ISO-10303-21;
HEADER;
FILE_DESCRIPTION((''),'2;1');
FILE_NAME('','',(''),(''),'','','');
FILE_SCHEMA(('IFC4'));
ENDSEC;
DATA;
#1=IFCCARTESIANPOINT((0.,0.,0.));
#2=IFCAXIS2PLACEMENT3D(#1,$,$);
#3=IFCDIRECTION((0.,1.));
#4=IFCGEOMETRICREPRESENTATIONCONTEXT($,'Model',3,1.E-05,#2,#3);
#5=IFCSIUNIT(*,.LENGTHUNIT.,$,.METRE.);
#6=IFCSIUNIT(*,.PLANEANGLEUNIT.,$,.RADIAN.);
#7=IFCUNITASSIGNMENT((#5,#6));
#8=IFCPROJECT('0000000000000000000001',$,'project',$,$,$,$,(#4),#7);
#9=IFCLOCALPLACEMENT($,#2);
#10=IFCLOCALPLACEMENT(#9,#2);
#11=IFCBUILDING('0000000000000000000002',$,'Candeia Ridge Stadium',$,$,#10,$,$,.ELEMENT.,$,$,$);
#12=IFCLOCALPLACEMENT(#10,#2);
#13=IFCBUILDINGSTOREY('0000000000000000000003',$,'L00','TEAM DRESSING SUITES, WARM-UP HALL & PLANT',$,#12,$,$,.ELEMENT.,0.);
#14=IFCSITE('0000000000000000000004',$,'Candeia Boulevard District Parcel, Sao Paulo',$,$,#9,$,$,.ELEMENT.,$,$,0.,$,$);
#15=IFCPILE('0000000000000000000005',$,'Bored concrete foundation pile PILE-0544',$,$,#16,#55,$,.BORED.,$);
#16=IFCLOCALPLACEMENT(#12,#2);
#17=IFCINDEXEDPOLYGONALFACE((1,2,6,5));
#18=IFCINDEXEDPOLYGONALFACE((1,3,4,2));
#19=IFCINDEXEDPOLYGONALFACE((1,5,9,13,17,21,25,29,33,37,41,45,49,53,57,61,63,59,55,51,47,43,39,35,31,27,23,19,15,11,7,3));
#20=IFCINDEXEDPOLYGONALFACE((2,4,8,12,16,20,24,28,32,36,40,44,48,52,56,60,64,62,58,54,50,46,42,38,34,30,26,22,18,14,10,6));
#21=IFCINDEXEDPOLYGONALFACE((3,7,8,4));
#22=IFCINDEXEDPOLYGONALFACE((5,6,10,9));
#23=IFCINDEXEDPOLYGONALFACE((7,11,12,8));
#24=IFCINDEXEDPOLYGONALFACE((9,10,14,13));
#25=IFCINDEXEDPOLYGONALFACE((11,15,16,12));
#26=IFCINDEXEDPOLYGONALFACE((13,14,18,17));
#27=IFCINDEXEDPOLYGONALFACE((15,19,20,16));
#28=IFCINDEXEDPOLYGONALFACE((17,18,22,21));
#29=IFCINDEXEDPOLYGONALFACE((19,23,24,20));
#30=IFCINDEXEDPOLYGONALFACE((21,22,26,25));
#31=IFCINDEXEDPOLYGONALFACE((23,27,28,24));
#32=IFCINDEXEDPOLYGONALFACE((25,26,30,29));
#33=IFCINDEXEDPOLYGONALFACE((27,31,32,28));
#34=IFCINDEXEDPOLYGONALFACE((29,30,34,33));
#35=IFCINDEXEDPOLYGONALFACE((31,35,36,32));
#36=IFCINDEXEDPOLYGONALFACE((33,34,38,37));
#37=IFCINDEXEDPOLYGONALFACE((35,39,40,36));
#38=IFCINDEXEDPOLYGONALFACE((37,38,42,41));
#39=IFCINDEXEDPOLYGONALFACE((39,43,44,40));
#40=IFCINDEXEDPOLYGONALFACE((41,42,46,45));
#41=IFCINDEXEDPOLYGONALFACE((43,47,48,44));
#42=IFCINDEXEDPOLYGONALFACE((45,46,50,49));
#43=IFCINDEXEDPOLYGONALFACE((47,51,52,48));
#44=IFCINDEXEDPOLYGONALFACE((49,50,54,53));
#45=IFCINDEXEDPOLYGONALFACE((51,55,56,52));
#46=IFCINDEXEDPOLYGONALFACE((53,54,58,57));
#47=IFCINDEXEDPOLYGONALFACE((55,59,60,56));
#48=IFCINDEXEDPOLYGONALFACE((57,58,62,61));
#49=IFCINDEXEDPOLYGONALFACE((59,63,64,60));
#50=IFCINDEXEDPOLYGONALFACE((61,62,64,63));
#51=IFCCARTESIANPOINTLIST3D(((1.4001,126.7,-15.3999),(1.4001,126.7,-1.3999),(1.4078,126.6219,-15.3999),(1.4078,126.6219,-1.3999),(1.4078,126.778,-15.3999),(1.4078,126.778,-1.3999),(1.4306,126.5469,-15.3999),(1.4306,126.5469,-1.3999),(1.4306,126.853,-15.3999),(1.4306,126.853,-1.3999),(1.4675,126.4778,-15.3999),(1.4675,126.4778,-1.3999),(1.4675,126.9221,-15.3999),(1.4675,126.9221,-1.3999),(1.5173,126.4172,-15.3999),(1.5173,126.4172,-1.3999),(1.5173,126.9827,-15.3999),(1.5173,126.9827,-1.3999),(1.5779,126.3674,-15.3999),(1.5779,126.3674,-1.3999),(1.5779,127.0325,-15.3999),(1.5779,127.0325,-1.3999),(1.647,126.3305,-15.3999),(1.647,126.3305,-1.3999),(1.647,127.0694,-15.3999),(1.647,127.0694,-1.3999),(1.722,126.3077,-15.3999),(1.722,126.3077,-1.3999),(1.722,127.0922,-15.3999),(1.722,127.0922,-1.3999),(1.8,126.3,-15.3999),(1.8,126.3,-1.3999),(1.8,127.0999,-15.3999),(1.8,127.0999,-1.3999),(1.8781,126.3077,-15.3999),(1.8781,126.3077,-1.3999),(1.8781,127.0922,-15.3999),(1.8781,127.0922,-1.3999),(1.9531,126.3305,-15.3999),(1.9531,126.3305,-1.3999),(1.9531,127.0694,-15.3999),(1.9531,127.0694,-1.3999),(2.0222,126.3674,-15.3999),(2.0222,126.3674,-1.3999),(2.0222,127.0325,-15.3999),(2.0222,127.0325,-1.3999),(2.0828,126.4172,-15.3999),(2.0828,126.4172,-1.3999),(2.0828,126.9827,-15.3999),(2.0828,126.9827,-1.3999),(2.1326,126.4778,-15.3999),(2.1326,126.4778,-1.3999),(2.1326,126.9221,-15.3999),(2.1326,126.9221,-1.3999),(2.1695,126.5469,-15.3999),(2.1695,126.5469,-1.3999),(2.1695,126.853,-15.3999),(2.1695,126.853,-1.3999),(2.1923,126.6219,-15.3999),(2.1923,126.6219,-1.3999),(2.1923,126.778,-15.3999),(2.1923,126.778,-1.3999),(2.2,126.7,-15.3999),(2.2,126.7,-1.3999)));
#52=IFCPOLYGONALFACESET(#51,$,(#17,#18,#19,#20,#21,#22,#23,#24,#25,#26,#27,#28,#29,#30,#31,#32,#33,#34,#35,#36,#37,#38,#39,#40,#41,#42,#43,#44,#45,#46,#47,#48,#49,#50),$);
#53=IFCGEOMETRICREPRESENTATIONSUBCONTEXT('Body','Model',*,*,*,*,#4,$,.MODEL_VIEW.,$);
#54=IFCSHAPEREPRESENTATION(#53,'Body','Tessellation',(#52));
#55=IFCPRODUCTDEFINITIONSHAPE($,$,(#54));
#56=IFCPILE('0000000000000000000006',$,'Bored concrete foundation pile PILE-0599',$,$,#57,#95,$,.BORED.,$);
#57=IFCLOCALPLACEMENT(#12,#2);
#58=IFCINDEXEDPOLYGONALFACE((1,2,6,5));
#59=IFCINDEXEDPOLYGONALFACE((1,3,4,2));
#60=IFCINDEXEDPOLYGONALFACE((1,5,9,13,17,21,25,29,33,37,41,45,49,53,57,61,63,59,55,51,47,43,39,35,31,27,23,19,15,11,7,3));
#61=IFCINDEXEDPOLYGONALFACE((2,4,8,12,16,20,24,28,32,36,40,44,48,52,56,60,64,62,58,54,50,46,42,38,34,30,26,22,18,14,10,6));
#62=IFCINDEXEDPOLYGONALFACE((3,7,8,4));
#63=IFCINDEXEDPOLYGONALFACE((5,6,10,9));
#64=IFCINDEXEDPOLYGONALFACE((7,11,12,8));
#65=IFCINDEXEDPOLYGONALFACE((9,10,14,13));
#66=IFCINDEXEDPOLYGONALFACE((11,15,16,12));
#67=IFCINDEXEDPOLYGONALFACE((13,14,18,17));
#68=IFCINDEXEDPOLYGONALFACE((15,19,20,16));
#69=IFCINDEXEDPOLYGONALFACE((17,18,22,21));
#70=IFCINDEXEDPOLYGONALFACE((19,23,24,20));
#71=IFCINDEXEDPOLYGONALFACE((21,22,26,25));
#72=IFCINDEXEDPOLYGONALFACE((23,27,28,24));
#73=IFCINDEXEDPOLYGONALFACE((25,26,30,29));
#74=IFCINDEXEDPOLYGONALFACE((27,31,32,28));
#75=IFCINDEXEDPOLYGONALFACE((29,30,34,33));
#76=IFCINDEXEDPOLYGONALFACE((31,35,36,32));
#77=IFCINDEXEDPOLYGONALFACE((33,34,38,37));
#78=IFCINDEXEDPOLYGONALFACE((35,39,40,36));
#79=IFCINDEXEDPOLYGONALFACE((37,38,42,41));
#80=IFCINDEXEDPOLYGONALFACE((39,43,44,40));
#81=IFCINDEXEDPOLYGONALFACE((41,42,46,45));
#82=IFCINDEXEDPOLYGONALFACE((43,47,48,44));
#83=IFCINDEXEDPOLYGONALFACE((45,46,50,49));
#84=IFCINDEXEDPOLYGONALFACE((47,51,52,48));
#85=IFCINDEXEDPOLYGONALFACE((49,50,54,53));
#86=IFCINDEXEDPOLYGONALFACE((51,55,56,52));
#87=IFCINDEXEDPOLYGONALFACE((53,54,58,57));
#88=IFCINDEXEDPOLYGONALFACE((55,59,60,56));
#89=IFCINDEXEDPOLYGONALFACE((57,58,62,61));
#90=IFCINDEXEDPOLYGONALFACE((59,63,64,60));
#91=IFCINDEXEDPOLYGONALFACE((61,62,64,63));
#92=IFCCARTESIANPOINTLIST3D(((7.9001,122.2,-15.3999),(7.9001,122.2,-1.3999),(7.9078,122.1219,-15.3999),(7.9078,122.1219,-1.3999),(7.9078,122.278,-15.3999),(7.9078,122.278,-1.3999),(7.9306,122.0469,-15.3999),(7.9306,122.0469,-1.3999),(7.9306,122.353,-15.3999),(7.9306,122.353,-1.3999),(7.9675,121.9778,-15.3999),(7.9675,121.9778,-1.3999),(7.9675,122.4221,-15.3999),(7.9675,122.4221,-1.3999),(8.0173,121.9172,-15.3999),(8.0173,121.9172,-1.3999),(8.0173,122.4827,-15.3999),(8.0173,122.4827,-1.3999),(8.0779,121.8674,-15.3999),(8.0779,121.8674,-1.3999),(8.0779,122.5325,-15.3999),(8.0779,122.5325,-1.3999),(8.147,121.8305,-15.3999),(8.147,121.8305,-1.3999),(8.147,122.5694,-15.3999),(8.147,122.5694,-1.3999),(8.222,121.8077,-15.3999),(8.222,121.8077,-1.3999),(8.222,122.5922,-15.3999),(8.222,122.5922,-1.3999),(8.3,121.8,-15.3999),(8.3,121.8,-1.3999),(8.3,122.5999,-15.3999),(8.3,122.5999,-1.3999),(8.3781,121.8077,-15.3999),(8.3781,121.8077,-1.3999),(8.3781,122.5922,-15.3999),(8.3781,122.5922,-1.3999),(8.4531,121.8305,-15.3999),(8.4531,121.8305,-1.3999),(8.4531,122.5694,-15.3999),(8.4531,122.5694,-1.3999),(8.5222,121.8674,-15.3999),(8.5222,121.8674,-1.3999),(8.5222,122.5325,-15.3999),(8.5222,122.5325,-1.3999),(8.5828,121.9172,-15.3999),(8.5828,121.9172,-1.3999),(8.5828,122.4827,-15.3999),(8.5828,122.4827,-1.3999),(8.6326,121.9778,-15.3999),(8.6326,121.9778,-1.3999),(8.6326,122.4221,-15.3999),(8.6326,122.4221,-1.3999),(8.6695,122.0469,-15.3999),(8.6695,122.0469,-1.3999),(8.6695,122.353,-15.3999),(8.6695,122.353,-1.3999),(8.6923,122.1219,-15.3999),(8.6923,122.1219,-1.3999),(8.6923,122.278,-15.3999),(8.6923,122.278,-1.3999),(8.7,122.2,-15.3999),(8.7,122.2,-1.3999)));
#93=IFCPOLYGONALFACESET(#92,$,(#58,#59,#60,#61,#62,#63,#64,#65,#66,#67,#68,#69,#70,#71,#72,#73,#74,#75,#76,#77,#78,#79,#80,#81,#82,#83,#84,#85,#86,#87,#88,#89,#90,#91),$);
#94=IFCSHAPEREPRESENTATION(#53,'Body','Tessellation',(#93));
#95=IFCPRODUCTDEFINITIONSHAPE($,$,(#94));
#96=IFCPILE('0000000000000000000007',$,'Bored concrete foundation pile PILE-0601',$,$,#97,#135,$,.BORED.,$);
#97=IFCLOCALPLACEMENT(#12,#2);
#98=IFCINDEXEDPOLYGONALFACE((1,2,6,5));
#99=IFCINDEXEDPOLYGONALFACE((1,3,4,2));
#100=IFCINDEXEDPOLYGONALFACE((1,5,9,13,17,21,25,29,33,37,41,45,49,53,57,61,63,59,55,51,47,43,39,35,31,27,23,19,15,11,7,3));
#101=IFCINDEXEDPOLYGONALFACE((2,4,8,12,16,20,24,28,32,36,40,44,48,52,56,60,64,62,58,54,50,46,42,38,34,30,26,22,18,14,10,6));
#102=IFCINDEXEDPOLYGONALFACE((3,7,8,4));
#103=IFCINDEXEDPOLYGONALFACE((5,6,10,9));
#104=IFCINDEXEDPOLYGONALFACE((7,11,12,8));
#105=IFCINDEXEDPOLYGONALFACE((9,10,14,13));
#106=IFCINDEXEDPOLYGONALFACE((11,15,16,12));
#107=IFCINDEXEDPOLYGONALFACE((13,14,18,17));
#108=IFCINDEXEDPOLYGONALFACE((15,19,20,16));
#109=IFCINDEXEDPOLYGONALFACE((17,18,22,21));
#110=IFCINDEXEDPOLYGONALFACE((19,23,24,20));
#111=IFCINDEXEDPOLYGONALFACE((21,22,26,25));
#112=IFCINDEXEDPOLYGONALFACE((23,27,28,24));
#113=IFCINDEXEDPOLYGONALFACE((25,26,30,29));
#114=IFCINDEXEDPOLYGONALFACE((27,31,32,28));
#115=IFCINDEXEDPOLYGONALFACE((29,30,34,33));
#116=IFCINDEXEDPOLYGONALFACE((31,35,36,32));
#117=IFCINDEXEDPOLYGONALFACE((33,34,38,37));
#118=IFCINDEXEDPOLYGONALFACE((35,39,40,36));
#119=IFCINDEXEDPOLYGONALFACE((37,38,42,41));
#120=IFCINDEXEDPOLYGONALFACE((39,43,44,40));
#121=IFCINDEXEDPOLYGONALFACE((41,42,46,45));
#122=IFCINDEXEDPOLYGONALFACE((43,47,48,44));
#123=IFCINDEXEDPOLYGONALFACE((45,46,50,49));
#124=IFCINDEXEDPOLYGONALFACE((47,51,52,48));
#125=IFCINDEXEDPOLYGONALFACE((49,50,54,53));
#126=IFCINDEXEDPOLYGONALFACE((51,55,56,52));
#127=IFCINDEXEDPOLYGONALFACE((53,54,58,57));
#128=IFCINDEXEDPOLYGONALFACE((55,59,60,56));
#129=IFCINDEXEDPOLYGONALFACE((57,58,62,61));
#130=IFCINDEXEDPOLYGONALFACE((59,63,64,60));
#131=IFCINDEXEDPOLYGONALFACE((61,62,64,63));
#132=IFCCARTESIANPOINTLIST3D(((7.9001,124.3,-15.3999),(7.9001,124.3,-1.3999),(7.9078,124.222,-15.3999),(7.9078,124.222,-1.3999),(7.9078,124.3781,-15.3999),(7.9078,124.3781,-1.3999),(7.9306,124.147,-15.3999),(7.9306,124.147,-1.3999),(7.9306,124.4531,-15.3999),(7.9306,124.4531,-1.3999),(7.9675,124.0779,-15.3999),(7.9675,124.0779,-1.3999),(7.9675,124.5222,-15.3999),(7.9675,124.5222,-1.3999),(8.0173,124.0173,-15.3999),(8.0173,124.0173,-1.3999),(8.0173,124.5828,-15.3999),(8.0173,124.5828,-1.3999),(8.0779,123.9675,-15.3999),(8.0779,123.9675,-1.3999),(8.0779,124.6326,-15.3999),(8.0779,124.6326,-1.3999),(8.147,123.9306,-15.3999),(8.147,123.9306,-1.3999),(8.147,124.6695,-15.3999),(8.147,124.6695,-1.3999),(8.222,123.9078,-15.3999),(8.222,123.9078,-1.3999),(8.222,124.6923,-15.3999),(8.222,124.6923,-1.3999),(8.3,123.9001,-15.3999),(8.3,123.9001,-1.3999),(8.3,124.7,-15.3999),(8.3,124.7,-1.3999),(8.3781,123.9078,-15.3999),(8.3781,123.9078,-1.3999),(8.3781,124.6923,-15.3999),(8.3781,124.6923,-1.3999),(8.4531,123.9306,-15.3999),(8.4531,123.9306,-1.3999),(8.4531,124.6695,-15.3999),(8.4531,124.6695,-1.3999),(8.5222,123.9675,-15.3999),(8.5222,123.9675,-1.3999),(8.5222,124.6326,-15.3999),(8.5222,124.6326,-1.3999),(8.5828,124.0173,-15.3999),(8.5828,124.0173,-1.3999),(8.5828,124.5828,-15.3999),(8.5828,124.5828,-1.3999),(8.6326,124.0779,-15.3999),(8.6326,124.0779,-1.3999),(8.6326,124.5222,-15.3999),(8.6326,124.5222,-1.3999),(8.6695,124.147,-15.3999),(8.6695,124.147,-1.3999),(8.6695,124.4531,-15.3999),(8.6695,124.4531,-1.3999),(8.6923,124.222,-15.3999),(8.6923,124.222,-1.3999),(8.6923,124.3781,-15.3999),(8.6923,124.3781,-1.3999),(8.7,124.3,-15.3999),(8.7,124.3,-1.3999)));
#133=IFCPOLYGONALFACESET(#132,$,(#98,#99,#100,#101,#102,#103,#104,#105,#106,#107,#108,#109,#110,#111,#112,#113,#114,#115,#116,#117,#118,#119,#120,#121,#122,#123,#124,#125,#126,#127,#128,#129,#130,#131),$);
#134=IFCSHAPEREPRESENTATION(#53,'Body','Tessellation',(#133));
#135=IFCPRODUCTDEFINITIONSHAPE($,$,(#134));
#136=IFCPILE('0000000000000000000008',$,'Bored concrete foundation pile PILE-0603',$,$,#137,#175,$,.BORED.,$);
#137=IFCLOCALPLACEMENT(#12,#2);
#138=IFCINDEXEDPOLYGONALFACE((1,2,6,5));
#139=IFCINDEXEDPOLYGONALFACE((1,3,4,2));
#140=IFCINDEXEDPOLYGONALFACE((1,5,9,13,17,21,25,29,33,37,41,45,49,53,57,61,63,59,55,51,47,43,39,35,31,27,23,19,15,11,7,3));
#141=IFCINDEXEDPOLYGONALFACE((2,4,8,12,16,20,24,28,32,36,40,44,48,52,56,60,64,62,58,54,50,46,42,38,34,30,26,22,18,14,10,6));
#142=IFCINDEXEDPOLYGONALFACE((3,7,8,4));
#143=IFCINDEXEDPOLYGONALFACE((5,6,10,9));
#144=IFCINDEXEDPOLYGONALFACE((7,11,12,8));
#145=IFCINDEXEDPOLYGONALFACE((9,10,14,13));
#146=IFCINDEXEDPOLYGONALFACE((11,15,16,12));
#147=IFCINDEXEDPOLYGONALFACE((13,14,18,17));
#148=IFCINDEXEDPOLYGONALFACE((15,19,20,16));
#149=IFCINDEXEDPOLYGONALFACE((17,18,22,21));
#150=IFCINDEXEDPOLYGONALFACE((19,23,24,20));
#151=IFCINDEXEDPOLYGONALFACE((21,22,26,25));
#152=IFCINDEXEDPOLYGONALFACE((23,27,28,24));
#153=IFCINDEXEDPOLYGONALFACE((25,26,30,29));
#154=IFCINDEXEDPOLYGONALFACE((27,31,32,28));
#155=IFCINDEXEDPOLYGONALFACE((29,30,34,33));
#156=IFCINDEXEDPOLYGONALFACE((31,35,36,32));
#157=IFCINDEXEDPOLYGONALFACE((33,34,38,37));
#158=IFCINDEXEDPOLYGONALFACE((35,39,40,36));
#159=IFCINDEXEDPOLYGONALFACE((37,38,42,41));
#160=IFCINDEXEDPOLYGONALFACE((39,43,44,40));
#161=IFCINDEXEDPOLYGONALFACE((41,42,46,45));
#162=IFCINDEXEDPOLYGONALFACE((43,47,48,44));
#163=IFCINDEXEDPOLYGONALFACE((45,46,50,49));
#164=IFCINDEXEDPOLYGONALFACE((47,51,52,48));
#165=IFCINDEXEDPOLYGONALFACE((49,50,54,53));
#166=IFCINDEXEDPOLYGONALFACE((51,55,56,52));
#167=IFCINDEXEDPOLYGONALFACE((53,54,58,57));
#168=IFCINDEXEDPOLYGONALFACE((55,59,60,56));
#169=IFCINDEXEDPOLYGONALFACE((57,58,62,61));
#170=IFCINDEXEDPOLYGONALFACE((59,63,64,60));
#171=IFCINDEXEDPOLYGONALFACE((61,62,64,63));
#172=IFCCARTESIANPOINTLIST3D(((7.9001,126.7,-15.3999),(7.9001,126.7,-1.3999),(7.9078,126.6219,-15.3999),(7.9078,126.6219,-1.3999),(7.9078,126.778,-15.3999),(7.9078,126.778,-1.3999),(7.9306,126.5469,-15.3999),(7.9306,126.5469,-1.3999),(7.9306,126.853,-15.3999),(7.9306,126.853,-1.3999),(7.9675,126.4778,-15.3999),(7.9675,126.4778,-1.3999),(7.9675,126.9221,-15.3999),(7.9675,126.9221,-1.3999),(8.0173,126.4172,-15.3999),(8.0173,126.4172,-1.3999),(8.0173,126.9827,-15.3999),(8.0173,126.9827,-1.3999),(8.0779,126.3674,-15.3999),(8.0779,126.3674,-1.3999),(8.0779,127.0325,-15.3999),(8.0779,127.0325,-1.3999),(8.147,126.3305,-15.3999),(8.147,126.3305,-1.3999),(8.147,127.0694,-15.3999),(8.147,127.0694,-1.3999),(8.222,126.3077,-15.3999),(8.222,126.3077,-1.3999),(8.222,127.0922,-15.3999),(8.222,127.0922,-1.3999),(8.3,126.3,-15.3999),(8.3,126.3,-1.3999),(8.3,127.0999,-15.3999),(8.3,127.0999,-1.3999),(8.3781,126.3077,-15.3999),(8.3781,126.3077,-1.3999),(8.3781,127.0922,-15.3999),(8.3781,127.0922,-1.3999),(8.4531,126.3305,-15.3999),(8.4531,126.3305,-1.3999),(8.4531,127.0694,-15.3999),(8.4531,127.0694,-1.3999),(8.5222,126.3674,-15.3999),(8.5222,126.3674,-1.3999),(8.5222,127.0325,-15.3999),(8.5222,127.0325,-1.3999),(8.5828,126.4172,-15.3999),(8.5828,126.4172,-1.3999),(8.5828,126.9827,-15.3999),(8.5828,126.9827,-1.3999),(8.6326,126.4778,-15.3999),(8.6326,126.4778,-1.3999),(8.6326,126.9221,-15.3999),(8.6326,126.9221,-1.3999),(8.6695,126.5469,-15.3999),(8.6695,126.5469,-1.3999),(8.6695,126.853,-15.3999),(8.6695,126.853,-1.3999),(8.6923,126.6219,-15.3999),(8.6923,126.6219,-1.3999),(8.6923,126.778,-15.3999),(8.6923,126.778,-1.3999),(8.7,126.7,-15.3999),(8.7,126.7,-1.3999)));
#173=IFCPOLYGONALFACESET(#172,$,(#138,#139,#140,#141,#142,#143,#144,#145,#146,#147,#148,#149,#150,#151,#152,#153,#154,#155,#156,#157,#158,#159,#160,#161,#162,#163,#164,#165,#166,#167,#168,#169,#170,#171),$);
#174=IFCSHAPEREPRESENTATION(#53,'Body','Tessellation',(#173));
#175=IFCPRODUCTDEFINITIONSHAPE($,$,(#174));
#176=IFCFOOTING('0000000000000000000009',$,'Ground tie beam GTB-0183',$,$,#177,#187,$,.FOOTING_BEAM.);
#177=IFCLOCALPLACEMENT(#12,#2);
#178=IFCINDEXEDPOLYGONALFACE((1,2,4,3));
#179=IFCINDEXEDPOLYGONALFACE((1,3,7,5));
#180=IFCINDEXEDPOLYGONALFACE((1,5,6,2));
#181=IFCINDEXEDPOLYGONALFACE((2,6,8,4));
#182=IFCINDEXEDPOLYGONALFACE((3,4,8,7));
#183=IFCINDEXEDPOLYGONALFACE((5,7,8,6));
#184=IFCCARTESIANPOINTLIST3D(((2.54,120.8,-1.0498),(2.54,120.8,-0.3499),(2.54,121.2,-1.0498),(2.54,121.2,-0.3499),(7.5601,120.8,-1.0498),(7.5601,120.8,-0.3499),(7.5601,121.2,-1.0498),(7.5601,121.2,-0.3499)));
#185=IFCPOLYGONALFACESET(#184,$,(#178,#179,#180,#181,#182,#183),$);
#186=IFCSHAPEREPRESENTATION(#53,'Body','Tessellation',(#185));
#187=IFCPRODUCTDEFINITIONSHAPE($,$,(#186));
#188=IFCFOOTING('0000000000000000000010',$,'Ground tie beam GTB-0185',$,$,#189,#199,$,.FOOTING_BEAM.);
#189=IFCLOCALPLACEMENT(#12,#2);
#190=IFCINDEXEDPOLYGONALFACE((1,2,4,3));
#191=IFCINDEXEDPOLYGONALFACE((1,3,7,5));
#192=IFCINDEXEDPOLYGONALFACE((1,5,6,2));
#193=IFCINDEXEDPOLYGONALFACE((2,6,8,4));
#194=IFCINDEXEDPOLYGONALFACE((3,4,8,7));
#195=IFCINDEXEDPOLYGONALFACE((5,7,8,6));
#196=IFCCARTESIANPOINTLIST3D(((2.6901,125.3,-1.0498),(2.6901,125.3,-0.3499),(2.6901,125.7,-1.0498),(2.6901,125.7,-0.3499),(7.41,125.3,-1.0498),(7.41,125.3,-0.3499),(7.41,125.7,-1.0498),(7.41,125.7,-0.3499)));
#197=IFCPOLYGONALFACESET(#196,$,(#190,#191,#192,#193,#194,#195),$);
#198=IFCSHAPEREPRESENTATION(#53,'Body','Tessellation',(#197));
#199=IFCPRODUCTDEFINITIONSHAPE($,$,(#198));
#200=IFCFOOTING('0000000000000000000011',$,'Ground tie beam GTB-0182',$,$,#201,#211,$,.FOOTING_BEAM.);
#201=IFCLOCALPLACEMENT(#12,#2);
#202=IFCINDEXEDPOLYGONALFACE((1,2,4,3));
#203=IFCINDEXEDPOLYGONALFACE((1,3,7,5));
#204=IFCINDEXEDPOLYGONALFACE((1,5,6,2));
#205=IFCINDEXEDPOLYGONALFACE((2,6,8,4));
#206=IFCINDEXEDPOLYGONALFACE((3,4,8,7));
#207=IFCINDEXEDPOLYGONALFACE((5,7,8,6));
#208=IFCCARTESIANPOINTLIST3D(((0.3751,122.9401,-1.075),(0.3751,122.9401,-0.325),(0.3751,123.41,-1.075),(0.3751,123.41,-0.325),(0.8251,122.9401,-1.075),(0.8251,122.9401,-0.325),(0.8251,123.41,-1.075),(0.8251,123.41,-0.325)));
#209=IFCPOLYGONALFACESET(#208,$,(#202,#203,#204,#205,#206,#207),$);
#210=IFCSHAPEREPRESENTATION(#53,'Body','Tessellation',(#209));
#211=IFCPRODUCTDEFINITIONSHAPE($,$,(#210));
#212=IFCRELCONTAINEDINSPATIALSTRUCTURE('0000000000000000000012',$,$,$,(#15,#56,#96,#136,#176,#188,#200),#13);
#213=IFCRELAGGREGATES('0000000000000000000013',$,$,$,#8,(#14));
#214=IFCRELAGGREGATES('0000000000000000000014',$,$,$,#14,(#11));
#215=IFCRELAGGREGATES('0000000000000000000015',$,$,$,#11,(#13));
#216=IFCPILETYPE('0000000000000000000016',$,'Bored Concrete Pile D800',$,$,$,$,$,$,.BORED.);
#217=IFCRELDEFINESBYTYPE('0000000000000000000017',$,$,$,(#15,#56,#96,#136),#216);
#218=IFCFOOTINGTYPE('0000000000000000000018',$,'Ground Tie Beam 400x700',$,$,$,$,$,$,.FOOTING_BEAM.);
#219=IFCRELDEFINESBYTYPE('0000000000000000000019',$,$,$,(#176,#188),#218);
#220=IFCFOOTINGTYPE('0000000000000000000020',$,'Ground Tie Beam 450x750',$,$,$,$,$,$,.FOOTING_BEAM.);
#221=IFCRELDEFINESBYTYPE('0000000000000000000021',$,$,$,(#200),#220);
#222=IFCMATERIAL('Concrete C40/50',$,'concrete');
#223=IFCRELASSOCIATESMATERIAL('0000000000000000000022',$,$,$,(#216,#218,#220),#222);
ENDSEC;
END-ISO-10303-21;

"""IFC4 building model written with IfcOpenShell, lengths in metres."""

from ifc_helpers import new_model, si_unit, direction, frame, origin, origin_2d, place, context, subcontext, project, spatial, rectangle, circle, extrude, material, material_profile, profile_set, type_object, element, save


model = new_model("IFC4")

# Units and contexts
model_context = context("Model", 3, precision=1e-05, world=origin(), true_north=direction((0.0, 1.0)))
body_context = subcontext(model_context, "Body", "Model", "MODEL_VIEW")
ifc_project = project(units=[si_unit("LENGTHUNIT", "METRE"), si_unit("PLANEANGLEUNIT", "RADIAN")], contexts=[model_context])

# Site, building, storey
site_placement = place(None, origin())
site = spatial("IfcSite", under=ifc_project, at=site_placement, Name="Candeia Boulevard District Parcel, Sao Paulo", CompositionType="ELEMENT", RefElevation=0.0)
building_placement = place(site_placement, origin())
building = spatial("IfcBuilding", under=site, at=building_placement, Name="Candeia Ridge Stadium", CompositionType="ELEMENT")
storey_placement = place(building_placement, origin())
storey = spatial("IfcBuildingStorey", under=building, at=storey_placement, Name="L00", Description="TEAM DRESSING SUITES, WARM-UP HALL & PLANT", CompositionType="ELEMENT", Elevation=0.0)

# Piles
ifc_material_1 = material(Name="Concrete C40/50", Category="concrete")
ifc_material_profile_1 = material_profile(ifc_material_1, circle(Radius=0.3999, at=origin_2d()), Name="PILE-D800", Category="concrete")
ifc_profile_set_1 = profile_set([ifc_material_profile_1], Name="Concrete C40/50")
pile_type = type_object("IfcPileType", Name="Bored Concrete Pile D800", PredefinedType="BORED", material=ifc_profile_set_1)
for number, where, z_axis, x_axis, name in (
    (1, (1.8, 126.7, -1.3999), (0.0, 0.0, -1.0), (1.0, 0.0, 0.0), "Bored concrete foundation pile PILE-0544"),
    (2, (8.3, 122.2, -1.3999), (0.0, 0.0, -1.0), (1.0, 0.0, 0.0), "Bored concrete foundation pile PILE-0599"),
    (3, (8.3, 124.3, -1.3999), (0.0, 0.0, -1.0), (1.0, 0.0, 0.0), "Bored concrete foundation pile PILE-0601"),
    (4, (8.3, 126.7, -1.3999), (0.0, 0.0, -1.0), (1.0, 0.0, 0.0), "Bored concrete foundation pile PILE-0603"),
):
    element("IfcPile", number, at=place(storey_placement, frame(where, z_axis=z_axis, x_axis=x_axis)), inside=storey, type_object=pile_type, Name=name, PredefinedType="BORED", context=body_context, shape_type="SweptSolid", body=[
        extrude(circle(Radius=0.3999, at=origin_2d()), origin(), (0.0, 0.0, 1.0), 14.0),
    ])

# Footings
footing_type_1 = type_object("IfcFootingType", Name="Ground Tie Beam 400x700", PredefinedType="FOOTING_BEAM", material=ifc_material_1)
footing_1_placement = place(storey_placement, frame((5.05, 121.0, -1.0498), z_axis=(0.0, 0.0, 1.0), x_axis=(1.0, 0.0, 0.0)))
element("IfcFooting", 5, at=footing_1_placement, inside=storey, type_object=footing_type_1, Name="Ground tie beam GTB-0183", PredefinedType="FOOTING_BEAM", context=body_context, shape_type="SweptSolid", body=[
    extrude(rectangle(XDim=5.02, YDim=0.3999, at=origin_2d()), origin(), (0.0, 0.0, 1.0), 0.7),
])
footing_2_placement = place(storey_placement, frame((5.05, 125.5, -1.0498), z_axis=(0.0, 0.0, 1.0), x_axis=(1.0, 0.0, 0.0)))
element("IfcFooting", 6, at=footing_2_placement, inside=storey, type_object=footing_type_1, Name="Ground tie beam GTB-0185", PredefinedType="FOOTING_BEAM", context=body_context, shape_type="SweptSolid", body=[
    extrude(rectangle(XDim=4.72, YDim=0.3999, at=origin_2d()), origin(), (0.0, 0.0, 1.0), 0.7),
])
footing_type_2 = type_object("IfcFootingType", Name="Ground Tie Beam 450x750", PredefinedType="FOOTING_BEAM", material=ifc_material_1)
footing_3_placement = place(storey_placement, frame((0.6001, 123.175, -1.075), z_axis=(0.0, 0.0, 1.0), x_axis=(0.0, 1.0, 0.0)))
element("IfcFooting", 7, at=footing_3_placement, inside=storey, type_object=footing_type_2, Name="Ground tie beam GTB-0182", PredefinedType="FOOTING_BEAM", context=body_context, shape_type="SweptSolid", body=[
    extrude(rectangle(XDim=0.47, YDim=0.45, at=origin_2d()), origin(), (0.0, 0.0, 1.0), 0.75),
])

save(model, "model.ifc")
